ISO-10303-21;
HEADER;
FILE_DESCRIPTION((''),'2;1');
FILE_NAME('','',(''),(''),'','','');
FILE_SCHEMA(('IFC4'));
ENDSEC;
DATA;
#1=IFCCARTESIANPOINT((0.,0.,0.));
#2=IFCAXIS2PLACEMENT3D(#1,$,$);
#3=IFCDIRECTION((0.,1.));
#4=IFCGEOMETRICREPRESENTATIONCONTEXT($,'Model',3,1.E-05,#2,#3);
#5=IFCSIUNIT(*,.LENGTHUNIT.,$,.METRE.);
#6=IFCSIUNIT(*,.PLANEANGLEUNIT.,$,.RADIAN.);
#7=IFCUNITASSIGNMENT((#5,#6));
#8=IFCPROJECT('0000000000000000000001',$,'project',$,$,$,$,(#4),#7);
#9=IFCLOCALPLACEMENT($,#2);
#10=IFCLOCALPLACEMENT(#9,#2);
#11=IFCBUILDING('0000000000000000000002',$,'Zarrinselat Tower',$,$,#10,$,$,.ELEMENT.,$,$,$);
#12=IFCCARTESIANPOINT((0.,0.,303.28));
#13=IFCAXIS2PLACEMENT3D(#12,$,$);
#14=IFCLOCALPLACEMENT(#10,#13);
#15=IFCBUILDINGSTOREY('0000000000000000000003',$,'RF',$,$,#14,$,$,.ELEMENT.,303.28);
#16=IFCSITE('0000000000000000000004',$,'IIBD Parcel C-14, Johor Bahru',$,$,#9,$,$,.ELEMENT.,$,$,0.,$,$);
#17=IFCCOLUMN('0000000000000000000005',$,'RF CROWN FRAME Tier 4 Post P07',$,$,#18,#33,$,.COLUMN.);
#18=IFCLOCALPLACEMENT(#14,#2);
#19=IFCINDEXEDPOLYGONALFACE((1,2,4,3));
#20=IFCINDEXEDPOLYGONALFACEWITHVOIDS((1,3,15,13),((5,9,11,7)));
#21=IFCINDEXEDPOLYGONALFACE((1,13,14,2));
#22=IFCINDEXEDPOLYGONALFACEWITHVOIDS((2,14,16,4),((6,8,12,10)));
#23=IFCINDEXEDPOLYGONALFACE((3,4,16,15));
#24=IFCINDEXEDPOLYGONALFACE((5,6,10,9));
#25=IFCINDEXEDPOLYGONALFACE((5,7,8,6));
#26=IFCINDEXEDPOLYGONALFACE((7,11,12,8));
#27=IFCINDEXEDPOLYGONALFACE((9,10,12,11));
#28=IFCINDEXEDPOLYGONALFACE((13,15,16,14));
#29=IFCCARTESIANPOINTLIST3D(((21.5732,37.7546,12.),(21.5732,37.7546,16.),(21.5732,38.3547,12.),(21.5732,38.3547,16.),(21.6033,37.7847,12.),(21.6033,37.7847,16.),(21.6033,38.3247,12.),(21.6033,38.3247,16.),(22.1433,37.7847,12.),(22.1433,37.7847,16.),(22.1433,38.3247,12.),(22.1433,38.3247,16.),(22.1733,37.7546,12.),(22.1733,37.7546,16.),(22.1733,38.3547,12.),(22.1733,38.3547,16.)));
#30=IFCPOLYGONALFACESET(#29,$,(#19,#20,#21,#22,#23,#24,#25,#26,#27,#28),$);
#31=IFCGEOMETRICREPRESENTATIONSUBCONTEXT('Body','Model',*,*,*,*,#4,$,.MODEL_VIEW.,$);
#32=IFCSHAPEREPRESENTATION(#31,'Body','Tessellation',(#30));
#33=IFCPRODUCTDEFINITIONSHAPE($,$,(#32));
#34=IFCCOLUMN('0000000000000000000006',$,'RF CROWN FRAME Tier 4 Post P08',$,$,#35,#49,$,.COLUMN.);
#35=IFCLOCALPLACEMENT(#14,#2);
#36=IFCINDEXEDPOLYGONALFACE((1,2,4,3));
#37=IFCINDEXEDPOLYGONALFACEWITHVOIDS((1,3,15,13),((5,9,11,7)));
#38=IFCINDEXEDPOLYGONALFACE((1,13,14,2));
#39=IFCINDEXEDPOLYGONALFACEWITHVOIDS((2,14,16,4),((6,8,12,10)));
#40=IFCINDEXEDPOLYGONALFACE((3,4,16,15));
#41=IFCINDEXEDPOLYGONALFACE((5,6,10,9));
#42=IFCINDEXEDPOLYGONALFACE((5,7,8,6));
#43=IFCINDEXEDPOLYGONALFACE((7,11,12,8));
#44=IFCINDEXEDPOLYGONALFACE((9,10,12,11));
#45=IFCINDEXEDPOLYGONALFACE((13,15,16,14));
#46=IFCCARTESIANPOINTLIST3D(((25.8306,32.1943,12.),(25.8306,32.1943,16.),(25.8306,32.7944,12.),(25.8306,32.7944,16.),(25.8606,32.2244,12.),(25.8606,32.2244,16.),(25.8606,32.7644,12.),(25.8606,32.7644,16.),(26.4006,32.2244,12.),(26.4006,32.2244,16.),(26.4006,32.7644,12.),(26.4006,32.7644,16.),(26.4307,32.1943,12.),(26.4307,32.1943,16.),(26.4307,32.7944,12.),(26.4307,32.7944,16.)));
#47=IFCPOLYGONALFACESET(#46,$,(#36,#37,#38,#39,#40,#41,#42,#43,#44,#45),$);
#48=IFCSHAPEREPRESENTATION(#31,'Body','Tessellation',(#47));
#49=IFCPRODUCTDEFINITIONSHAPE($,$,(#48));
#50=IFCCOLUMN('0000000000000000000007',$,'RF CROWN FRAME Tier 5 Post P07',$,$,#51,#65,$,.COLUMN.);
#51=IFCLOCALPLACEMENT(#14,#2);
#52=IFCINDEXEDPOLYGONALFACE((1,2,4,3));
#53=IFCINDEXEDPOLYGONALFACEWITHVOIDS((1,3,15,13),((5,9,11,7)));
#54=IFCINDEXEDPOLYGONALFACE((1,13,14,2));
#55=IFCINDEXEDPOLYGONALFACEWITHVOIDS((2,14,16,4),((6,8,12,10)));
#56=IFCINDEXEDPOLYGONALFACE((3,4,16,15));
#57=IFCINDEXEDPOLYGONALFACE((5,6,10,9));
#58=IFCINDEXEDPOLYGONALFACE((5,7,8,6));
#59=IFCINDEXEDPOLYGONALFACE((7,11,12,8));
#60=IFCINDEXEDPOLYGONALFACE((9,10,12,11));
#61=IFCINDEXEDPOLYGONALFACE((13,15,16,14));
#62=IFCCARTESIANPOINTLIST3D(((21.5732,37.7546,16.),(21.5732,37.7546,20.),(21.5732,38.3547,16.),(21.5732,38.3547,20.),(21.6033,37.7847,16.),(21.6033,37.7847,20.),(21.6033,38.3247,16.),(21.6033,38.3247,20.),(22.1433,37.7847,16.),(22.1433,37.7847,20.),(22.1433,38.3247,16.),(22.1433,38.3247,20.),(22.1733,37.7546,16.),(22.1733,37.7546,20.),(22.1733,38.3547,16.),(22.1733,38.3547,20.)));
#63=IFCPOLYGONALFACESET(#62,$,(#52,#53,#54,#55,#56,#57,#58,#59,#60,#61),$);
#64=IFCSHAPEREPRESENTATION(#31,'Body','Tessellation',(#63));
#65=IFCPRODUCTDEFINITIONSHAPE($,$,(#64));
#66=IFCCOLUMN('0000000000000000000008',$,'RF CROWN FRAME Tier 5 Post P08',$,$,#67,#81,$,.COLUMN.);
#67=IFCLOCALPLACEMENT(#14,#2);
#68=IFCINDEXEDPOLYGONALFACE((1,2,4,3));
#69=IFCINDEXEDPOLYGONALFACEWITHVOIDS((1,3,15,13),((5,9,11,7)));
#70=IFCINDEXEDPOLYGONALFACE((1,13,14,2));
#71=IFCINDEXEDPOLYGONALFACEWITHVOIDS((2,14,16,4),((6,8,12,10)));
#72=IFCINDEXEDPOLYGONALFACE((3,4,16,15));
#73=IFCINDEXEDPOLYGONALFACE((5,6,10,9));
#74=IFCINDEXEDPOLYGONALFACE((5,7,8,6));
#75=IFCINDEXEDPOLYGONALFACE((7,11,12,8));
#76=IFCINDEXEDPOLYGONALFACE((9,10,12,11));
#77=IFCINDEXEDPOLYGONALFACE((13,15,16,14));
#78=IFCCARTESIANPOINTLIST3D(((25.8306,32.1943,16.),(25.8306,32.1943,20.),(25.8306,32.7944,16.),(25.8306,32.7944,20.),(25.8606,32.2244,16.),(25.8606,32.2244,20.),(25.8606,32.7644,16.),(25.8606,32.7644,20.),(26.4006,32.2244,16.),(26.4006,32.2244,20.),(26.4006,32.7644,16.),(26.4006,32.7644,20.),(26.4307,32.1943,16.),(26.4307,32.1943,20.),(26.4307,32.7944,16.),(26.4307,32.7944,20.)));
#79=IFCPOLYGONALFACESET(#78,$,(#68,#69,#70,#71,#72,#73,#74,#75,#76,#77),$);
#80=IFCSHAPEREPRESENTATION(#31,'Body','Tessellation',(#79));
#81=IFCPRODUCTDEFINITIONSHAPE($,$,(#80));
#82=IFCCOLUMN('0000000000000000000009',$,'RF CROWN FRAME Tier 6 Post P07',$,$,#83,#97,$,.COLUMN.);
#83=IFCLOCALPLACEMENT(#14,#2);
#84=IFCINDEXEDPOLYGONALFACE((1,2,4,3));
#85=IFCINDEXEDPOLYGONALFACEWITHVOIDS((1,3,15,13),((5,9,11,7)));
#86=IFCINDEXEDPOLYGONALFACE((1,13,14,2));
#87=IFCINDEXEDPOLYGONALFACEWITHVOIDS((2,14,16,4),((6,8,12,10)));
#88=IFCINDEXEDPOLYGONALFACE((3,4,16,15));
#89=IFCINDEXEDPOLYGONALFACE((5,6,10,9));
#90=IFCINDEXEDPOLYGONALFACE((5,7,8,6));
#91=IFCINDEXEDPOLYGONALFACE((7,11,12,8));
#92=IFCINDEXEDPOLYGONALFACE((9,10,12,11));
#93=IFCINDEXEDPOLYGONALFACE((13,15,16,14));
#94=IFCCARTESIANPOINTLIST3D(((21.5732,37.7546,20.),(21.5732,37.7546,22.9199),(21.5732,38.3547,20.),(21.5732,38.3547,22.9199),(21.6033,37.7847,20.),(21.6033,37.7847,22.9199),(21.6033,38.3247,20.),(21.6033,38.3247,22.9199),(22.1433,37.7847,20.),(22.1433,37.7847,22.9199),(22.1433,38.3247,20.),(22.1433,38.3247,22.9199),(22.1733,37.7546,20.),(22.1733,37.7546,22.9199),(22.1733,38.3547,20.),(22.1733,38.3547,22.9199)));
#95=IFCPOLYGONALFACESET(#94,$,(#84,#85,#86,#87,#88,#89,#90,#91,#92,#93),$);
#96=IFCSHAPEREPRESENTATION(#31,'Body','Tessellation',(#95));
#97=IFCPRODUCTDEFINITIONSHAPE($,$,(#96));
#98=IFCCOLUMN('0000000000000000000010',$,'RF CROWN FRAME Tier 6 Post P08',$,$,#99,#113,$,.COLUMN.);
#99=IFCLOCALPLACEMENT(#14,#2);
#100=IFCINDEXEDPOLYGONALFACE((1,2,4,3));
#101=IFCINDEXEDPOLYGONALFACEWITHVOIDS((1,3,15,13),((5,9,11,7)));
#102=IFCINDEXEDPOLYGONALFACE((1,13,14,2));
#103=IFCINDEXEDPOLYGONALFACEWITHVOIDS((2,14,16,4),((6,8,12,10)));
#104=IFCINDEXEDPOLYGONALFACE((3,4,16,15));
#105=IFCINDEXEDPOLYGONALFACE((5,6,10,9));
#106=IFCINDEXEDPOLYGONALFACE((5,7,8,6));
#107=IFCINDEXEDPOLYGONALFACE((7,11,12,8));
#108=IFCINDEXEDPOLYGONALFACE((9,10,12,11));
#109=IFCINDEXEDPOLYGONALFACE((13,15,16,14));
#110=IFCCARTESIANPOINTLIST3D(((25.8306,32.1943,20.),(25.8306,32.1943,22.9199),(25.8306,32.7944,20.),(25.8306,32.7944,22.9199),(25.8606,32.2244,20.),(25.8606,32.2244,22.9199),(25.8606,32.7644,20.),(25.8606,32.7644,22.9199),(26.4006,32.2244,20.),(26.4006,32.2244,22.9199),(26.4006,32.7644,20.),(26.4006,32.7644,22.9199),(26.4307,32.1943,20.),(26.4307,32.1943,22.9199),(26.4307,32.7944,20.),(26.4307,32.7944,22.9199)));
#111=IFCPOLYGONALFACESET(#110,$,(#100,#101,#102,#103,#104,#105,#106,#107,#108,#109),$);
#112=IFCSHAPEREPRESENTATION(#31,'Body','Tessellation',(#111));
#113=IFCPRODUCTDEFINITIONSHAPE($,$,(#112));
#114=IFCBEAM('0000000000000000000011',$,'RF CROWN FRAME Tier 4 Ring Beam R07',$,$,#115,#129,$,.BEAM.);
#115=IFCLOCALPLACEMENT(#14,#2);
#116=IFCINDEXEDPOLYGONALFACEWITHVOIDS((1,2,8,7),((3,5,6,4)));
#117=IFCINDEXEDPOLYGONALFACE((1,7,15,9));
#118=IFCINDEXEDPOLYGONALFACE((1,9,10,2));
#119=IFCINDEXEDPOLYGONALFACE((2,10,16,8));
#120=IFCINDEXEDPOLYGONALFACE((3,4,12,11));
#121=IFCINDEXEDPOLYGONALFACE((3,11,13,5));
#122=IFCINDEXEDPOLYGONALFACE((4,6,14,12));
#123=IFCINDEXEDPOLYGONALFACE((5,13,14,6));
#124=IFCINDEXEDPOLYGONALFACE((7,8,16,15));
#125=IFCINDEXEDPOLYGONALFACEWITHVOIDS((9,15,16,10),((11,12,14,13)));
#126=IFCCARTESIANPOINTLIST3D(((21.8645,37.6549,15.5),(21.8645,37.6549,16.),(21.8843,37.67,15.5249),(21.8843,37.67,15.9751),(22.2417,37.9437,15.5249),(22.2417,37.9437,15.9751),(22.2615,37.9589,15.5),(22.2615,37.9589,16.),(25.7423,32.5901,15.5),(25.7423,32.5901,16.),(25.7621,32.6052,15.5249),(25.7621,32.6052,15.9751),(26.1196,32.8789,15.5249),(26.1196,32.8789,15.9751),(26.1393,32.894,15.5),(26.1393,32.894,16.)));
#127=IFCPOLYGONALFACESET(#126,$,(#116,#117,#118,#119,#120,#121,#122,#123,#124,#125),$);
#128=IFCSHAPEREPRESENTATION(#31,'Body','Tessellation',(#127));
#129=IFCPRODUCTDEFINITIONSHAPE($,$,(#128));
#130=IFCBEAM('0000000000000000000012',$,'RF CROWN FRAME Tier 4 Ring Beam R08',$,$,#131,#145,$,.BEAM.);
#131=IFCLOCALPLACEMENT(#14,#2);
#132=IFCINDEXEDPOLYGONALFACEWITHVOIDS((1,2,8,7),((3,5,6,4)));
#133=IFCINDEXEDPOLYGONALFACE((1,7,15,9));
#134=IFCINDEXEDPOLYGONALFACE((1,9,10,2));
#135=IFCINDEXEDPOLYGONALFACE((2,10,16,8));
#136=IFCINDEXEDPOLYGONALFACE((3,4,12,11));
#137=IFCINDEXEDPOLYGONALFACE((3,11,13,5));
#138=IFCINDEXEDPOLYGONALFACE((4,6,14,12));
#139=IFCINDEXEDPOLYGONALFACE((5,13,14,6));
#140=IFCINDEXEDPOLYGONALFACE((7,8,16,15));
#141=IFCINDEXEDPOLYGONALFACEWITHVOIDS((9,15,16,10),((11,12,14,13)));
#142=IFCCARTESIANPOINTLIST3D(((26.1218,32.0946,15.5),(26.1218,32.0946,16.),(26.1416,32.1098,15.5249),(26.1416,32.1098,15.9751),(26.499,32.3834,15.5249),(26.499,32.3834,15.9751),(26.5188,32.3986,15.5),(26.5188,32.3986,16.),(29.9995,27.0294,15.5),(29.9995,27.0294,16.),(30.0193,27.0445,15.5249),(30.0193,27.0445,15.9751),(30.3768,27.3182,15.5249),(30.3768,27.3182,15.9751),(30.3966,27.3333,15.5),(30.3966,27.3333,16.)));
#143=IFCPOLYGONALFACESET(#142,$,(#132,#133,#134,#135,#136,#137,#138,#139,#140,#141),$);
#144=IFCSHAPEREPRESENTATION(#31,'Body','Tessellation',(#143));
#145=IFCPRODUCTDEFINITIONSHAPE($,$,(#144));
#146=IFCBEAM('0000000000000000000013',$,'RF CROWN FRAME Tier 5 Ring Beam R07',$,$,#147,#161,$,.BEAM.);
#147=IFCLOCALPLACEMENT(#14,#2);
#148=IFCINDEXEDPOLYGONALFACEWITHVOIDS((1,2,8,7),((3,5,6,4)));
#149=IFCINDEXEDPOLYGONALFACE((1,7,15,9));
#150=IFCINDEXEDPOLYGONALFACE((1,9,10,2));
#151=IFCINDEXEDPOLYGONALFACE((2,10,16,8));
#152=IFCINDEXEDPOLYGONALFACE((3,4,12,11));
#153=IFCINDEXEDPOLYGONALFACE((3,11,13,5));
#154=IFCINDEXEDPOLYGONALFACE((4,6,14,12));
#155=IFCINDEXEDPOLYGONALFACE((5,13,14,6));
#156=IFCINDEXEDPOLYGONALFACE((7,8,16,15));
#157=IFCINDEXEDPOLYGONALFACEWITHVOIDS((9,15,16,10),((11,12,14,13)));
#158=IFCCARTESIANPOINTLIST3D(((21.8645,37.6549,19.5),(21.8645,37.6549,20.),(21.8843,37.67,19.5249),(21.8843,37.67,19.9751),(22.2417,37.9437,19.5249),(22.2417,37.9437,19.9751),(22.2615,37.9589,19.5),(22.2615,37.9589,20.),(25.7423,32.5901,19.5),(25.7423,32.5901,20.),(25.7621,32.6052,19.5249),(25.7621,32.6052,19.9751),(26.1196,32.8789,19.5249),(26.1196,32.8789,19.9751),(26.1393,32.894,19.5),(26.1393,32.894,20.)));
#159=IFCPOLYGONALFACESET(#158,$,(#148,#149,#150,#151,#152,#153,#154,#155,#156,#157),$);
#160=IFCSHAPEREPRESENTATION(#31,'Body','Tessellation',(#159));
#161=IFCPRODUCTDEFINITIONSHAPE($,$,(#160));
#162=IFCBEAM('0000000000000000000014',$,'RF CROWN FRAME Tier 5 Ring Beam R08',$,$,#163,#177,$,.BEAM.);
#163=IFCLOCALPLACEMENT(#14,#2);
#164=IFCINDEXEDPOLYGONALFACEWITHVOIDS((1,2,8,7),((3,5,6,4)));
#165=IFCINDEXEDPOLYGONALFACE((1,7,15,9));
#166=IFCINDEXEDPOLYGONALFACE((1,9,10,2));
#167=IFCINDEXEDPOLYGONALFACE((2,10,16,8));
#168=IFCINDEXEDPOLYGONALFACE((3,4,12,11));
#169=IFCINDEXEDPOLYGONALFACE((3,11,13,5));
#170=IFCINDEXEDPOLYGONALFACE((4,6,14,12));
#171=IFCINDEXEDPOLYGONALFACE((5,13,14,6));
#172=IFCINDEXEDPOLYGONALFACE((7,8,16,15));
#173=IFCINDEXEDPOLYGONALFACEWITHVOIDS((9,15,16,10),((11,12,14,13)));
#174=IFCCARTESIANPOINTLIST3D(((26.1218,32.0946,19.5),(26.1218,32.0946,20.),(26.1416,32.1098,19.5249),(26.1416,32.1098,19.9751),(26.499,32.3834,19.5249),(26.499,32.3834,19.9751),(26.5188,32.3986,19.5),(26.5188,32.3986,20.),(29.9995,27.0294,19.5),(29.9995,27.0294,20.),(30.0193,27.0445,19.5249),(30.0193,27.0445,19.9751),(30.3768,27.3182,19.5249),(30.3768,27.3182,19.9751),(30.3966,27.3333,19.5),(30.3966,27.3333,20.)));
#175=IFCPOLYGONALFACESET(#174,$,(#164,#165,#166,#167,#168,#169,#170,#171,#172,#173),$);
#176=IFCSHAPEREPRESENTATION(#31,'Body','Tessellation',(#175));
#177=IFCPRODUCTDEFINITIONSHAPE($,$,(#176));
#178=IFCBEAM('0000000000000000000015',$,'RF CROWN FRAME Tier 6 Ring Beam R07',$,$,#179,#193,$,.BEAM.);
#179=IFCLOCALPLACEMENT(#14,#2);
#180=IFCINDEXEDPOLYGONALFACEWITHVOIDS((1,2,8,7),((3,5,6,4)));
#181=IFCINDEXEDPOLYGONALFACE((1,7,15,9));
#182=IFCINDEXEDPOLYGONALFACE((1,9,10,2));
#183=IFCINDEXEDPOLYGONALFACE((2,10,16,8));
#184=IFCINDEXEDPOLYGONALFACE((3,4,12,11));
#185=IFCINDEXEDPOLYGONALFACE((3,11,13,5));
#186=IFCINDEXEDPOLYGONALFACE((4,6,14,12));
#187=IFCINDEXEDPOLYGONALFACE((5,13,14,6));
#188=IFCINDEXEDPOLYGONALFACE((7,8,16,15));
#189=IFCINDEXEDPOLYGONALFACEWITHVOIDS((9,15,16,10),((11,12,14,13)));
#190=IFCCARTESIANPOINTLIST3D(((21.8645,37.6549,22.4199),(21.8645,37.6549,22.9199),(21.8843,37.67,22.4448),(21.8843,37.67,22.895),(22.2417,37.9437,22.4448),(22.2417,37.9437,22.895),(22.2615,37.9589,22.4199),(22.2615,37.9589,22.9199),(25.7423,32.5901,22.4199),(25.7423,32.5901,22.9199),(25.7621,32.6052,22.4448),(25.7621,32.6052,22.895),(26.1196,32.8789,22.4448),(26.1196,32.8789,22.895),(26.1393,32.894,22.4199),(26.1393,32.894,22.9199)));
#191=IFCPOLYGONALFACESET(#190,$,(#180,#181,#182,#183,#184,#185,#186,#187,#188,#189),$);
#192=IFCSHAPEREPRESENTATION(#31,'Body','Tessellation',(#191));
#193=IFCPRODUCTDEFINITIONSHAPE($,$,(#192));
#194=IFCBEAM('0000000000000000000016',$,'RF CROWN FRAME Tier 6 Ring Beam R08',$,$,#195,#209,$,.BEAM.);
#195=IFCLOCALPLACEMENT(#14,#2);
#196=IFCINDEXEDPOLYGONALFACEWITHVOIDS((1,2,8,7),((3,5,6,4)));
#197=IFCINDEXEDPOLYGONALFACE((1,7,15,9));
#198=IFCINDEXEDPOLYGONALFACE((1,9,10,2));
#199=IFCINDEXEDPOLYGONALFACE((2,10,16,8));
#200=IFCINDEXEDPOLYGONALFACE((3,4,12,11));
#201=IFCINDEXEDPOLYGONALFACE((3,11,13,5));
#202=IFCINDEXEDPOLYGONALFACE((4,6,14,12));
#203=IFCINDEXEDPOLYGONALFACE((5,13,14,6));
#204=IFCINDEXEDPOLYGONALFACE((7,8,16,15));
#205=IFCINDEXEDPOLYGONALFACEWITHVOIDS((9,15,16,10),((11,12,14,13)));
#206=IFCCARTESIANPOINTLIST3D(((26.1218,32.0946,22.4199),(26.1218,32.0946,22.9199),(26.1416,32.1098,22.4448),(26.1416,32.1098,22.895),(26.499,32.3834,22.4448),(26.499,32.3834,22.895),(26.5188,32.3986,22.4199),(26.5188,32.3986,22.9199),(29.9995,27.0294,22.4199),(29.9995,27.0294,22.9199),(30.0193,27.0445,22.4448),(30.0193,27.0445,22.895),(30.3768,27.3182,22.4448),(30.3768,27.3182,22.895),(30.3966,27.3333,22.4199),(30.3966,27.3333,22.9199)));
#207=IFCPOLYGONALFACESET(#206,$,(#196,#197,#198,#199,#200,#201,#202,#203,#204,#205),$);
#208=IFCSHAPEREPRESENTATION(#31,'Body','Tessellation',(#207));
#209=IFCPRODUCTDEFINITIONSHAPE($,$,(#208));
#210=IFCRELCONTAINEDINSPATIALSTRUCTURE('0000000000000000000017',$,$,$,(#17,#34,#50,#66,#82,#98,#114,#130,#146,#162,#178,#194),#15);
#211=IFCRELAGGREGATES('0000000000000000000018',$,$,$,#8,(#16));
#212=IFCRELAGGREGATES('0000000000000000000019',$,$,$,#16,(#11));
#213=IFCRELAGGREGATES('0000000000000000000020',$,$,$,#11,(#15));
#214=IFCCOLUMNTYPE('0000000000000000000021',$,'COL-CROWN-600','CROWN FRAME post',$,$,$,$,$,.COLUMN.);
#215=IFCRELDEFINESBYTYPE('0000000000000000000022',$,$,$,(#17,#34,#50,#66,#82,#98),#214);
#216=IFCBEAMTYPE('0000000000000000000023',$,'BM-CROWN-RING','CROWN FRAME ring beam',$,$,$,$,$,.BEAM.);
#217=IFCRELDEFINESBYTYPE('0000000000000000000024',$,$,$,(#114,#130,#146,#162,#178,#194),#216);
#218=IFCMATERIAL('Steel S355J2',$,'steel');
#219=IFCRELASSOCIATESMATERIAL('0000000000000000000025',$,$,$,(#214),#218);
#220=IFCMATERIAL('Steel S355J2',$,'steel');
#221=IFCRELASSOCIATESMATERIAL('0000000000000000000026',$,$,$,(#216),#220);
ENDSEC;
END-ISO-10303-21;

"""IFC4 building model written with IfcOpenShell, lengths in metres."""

from ifc_helpers import new_model, si_unit, direction, frame, origin, origin_2d, place, context, subcontext, project, spatial, hollow_rectangle, extrude, material, material_profile, profile_set, type_object, element, save


model = new_model("IFC4")

# Units and contexts
model_context = context("Model", 3, precision=1e-05, world=origin(), true_north=direction((0.0, 1.0)))
body_context = subcontext(model_context, "Body", "Model", "MODEL_VIEW")
ifc_project = project(units=[si_unit("LENGTHUNIT", "METRE"), si_unit("PLANEANGLEUNIT", "RADIAN")], contexts=[model_context])

# Site, building, storey
site_placement = place(None, origin())
site = spatial("IfcSite", under=ifc_project, at=site_placement, Name="IIBD Parcel C-14, Johor Bahru", CompositionType="ELEMENT", RefElevation=0.0)
building_placement = place(site_placement, origin())
building = spatial("IfcBuilding", under=site, at=building_placement, Name="Zarrinselat Tower", CompositionType="ELEMENT")
storey_placement = place(building_placement, frame((0.0, 0.0, 303.28)))
storey = spatial("IfcBuildingStorey", under=building, at=storey_placement, Name="RF", CompositionType="ELEMENT", Elevation=303.28)

# Columns
ifc_material_1 = material(Name="Steel S355J2", Category="steel")
ifc_material_profile_1 = material_profile(ifc_material_1, hollow_rectangle(XDim=0.6001, YDim=0.6001, WallThickness=0.03, at=origin_2d()), Name="SHS 600x600x30")
ifc_profile_set_1 = profile_set([ifc_material_profile_1], Name="Steel S355J2")
column_type = type_object("IfcColumnType", Name="COL-CROWN-600", Description="CROWN FRAME post", PredefinedType="COLUMN", material=ifc_profile_set_1)
for number, where, z_axis, x_axis, name in (
    (1, (21.8733, 38.0547, 12.0), (0.0, 0.0, 1.0), (1.0, 0.0, 0.0), "RF CROWN FRAME Tier 4 Post P07"),
    (2, (26.1306, 32.4944, 12.0), (0.0, 0.0, 1.0), (1.0, 0.0, 0.0), "RF CROWN FRAME Tier 4 Post P08"),
    (3, (21.8733, 38.0547, 16.0), (0.0, 0.0, 1.0), (1.0, 0.0, 0.0), "RF CROWN FRAME Tier 5 Post P07"),
    (4, (26.1306, 32.4944, 16.0), (0.0, 0.0, 1.0), (1.0, 0.0, 0.0), "RF CROWN FRAME Tier 5 Post P08"),
):
    element("IfcColumn", number, at=place(storey_placement, frame(where, z_axis=z_axis, x_axis=x_axis)), inside=storey, type_object=column_type, Name=name, PredefinedType="COLUMN", context=body_context, shape_type="SweptSolid", body=[
        extrude(hollow_rectangle(XDim=0.6001, YDim=0.6001, WallThickness=0.03, at=origin_2d()), origin(), (0.0, 0.0, 1.0), 4.0),
    ])
for number, where, z_axis, x_axis, name in (
    (5, (21.8733, 38.0547, 20.0), (0.0, 0.0, 1.0), (1.0, 0.0, 0.0), "RF CROWN FRAME Tier 6 Post P07"),
    (6, (26.1306, 32.4944, 20.0), (0.0, 0.0, 1.0), (1.0, 0.0, 0.0), "RF CROWN FRAME Tier 6 Post P08"),
):
    element("IfcColumn", number, at=place(storey_placement, frame(where, z_axis=z_axis, x_axis=x_axis)), inside=storey, type_object=column_type, Name=name, PredefinedType="COLUMN", context=body_context, shape_type="SweptSolid", body=[
        extrude(hollow_rectangle(XDim=0.6001, YDim=0.6001, WallThickness=0.03, at=origin_2d()), origin(), (0.0, 0.0, 1.0), 2.9199),
    ])

# Beams
ifc_material_2 = material(Name="Steel S355J2", Category="steel")
ifc_material_profile_2 = material_profile(ifc_material_2, hollow_rectangle(XDim=0.5, YDim=0.5, WallThickness=0.0249, at=origin_2d()), Name="SHS 500x500x25")
ifc_profile_set_2 = profile_set([ifc_material_profile_2], Name="Steel S355J2")
beam_type = type_object("IfcBeamType", Name="BM-CROWN-RING", Description="CROWN FRAME ring beam", PredefinedType="BEAM", material=ifc_profile_set_2)
beam_1_placement = place(storey_placement, frame((22.063, 37.8069, 15.75), z_axis=(0.607919, -0.793999, 0.0), x_axis=(0.793999, 0.607919, 0.0)))
element("IfcBeam", 7, at=beam_1_placement, inside=storey, type_object=beam_type, Name="RF CROWN FRAME Tier 4 Ring Beam R07", PredefinedType="BEAM", context=body_context, shape_type="SweptSolid", body=[
    extrude(hollow_rectangle(XDim=0.5, YDim=0.5, WallThickness=0.0249, at=origin_2d()), origin(), (0.0, 0.0, 1.0), 6.3789),
])
beam_2_placement = place(storey_placement, frame((26.3203, 32.2466, 15.75), z_axis=(0.607876, -0.794032, 0.0), x_axis=(0.794032, 0.607876, 0.0)))
element("IfcBeam", 8, at=beam_2_placement, inside=storey, type_object=beam_type, Name="RF CROWN FRAME Tier 4 Ring Beam R08", PredefinedType="BEAM", context=body_context, shape_type="SweptSolid", body=[
    extrude(hollow_rectangle(XDim=0.5, YDim=0.5, WallThickness=0.0249, at=origin_2d()), origin(), (0.0, 0.0, 1.0), 6.3792),
])
beam_3_placement = place(storey_placement, frame((22.063, 37.8069, 19.75), z_axis=(0.607919, -0.793999, 0.0), x_axis=(0.793999, 0.607919, 0.0)))
element("IfcBeam", 9, at=beam_3_placement, inside=storey, type_object=beam_type, Name="RF CROWN FRAME Tier 5 Ring Beam R07", PredefinedType="BEAM", context=body_context, shape_type="SweptSolid", body=[
    extrude(hollow_rectangle(XDim=0.5, YDim=0.5, WallThickness=0.0249, at=origin_2d()), origin(), (0.0, 0.0, 1.0), 6.3789),
])
beam_4_placement = place(storey_placement, frame((26.3203, 32.2466, 19.75), z_axis=(0.607876, -0.794032, 0.0), x_axis=(0.794032, 0.607876, 0.0)))
element("IfcBeam", 10, at=beam_4_placement, inside=storey, type_object=beam_type, Name="RF CROWN FRAME Tier 5 Ring Beam R08", PredefinedType="BEAM", context=body_context, shape_type="SweptSolid", body=[
    extrude(hollow_rectangle(XDim=0.5, YDim=0.5, WallThickness=0.0249, at=origin_2d()), origin(), (0.0, 0.0, 1.0), 6.3792),
])
beam_5_placement = place(storey_placement, frame((22.063, 37.8069, 22.6699), z_axis=(0.607919, -0.793999, 0.0), x_axis=(0.793999, 0.607919, 0.0)))
element("IfcBeam", 11, at=beam_5_placement, inside=storey, type_object=beam_type, Name="RF CROWN FRAME Tier 6 Ring Beam R07", PredefinedType="BEAM", context=body_context, shape_type="SweptSolid", body=[
    extrude(hollow_rectangle(XDim=0.5, YDim=0.5, WallThickness=0.0249, at=origin_2d()), origin(), (0.0, 0.0, 1.0), 6.3789),
])
beam_6_placement = place(storey_placement, frame((26.3203, 32.2466, 22.6699), z_axis=(0.607876, -0.794032, 0.0), x_axis=(0.794032, 0.607876, 0.0)))
element("IfcBeam", 12, at=beam_6_placement, inside=storey, type_object=beam_type, Name="RF CROWN FRAME Tier 6 Ring Beam R08", PredefinedType="BEAM", context=body_context, shape_type="SweptSolid", body=[
    extrude(hollow_rectangle(XDim=0.5, YDim=0.5, WallThickness=0.0249, at=origin_2d()), origin(), (0.0, 0.0, 1.0), 6.3792),
])

save(model, "model.ifc")
